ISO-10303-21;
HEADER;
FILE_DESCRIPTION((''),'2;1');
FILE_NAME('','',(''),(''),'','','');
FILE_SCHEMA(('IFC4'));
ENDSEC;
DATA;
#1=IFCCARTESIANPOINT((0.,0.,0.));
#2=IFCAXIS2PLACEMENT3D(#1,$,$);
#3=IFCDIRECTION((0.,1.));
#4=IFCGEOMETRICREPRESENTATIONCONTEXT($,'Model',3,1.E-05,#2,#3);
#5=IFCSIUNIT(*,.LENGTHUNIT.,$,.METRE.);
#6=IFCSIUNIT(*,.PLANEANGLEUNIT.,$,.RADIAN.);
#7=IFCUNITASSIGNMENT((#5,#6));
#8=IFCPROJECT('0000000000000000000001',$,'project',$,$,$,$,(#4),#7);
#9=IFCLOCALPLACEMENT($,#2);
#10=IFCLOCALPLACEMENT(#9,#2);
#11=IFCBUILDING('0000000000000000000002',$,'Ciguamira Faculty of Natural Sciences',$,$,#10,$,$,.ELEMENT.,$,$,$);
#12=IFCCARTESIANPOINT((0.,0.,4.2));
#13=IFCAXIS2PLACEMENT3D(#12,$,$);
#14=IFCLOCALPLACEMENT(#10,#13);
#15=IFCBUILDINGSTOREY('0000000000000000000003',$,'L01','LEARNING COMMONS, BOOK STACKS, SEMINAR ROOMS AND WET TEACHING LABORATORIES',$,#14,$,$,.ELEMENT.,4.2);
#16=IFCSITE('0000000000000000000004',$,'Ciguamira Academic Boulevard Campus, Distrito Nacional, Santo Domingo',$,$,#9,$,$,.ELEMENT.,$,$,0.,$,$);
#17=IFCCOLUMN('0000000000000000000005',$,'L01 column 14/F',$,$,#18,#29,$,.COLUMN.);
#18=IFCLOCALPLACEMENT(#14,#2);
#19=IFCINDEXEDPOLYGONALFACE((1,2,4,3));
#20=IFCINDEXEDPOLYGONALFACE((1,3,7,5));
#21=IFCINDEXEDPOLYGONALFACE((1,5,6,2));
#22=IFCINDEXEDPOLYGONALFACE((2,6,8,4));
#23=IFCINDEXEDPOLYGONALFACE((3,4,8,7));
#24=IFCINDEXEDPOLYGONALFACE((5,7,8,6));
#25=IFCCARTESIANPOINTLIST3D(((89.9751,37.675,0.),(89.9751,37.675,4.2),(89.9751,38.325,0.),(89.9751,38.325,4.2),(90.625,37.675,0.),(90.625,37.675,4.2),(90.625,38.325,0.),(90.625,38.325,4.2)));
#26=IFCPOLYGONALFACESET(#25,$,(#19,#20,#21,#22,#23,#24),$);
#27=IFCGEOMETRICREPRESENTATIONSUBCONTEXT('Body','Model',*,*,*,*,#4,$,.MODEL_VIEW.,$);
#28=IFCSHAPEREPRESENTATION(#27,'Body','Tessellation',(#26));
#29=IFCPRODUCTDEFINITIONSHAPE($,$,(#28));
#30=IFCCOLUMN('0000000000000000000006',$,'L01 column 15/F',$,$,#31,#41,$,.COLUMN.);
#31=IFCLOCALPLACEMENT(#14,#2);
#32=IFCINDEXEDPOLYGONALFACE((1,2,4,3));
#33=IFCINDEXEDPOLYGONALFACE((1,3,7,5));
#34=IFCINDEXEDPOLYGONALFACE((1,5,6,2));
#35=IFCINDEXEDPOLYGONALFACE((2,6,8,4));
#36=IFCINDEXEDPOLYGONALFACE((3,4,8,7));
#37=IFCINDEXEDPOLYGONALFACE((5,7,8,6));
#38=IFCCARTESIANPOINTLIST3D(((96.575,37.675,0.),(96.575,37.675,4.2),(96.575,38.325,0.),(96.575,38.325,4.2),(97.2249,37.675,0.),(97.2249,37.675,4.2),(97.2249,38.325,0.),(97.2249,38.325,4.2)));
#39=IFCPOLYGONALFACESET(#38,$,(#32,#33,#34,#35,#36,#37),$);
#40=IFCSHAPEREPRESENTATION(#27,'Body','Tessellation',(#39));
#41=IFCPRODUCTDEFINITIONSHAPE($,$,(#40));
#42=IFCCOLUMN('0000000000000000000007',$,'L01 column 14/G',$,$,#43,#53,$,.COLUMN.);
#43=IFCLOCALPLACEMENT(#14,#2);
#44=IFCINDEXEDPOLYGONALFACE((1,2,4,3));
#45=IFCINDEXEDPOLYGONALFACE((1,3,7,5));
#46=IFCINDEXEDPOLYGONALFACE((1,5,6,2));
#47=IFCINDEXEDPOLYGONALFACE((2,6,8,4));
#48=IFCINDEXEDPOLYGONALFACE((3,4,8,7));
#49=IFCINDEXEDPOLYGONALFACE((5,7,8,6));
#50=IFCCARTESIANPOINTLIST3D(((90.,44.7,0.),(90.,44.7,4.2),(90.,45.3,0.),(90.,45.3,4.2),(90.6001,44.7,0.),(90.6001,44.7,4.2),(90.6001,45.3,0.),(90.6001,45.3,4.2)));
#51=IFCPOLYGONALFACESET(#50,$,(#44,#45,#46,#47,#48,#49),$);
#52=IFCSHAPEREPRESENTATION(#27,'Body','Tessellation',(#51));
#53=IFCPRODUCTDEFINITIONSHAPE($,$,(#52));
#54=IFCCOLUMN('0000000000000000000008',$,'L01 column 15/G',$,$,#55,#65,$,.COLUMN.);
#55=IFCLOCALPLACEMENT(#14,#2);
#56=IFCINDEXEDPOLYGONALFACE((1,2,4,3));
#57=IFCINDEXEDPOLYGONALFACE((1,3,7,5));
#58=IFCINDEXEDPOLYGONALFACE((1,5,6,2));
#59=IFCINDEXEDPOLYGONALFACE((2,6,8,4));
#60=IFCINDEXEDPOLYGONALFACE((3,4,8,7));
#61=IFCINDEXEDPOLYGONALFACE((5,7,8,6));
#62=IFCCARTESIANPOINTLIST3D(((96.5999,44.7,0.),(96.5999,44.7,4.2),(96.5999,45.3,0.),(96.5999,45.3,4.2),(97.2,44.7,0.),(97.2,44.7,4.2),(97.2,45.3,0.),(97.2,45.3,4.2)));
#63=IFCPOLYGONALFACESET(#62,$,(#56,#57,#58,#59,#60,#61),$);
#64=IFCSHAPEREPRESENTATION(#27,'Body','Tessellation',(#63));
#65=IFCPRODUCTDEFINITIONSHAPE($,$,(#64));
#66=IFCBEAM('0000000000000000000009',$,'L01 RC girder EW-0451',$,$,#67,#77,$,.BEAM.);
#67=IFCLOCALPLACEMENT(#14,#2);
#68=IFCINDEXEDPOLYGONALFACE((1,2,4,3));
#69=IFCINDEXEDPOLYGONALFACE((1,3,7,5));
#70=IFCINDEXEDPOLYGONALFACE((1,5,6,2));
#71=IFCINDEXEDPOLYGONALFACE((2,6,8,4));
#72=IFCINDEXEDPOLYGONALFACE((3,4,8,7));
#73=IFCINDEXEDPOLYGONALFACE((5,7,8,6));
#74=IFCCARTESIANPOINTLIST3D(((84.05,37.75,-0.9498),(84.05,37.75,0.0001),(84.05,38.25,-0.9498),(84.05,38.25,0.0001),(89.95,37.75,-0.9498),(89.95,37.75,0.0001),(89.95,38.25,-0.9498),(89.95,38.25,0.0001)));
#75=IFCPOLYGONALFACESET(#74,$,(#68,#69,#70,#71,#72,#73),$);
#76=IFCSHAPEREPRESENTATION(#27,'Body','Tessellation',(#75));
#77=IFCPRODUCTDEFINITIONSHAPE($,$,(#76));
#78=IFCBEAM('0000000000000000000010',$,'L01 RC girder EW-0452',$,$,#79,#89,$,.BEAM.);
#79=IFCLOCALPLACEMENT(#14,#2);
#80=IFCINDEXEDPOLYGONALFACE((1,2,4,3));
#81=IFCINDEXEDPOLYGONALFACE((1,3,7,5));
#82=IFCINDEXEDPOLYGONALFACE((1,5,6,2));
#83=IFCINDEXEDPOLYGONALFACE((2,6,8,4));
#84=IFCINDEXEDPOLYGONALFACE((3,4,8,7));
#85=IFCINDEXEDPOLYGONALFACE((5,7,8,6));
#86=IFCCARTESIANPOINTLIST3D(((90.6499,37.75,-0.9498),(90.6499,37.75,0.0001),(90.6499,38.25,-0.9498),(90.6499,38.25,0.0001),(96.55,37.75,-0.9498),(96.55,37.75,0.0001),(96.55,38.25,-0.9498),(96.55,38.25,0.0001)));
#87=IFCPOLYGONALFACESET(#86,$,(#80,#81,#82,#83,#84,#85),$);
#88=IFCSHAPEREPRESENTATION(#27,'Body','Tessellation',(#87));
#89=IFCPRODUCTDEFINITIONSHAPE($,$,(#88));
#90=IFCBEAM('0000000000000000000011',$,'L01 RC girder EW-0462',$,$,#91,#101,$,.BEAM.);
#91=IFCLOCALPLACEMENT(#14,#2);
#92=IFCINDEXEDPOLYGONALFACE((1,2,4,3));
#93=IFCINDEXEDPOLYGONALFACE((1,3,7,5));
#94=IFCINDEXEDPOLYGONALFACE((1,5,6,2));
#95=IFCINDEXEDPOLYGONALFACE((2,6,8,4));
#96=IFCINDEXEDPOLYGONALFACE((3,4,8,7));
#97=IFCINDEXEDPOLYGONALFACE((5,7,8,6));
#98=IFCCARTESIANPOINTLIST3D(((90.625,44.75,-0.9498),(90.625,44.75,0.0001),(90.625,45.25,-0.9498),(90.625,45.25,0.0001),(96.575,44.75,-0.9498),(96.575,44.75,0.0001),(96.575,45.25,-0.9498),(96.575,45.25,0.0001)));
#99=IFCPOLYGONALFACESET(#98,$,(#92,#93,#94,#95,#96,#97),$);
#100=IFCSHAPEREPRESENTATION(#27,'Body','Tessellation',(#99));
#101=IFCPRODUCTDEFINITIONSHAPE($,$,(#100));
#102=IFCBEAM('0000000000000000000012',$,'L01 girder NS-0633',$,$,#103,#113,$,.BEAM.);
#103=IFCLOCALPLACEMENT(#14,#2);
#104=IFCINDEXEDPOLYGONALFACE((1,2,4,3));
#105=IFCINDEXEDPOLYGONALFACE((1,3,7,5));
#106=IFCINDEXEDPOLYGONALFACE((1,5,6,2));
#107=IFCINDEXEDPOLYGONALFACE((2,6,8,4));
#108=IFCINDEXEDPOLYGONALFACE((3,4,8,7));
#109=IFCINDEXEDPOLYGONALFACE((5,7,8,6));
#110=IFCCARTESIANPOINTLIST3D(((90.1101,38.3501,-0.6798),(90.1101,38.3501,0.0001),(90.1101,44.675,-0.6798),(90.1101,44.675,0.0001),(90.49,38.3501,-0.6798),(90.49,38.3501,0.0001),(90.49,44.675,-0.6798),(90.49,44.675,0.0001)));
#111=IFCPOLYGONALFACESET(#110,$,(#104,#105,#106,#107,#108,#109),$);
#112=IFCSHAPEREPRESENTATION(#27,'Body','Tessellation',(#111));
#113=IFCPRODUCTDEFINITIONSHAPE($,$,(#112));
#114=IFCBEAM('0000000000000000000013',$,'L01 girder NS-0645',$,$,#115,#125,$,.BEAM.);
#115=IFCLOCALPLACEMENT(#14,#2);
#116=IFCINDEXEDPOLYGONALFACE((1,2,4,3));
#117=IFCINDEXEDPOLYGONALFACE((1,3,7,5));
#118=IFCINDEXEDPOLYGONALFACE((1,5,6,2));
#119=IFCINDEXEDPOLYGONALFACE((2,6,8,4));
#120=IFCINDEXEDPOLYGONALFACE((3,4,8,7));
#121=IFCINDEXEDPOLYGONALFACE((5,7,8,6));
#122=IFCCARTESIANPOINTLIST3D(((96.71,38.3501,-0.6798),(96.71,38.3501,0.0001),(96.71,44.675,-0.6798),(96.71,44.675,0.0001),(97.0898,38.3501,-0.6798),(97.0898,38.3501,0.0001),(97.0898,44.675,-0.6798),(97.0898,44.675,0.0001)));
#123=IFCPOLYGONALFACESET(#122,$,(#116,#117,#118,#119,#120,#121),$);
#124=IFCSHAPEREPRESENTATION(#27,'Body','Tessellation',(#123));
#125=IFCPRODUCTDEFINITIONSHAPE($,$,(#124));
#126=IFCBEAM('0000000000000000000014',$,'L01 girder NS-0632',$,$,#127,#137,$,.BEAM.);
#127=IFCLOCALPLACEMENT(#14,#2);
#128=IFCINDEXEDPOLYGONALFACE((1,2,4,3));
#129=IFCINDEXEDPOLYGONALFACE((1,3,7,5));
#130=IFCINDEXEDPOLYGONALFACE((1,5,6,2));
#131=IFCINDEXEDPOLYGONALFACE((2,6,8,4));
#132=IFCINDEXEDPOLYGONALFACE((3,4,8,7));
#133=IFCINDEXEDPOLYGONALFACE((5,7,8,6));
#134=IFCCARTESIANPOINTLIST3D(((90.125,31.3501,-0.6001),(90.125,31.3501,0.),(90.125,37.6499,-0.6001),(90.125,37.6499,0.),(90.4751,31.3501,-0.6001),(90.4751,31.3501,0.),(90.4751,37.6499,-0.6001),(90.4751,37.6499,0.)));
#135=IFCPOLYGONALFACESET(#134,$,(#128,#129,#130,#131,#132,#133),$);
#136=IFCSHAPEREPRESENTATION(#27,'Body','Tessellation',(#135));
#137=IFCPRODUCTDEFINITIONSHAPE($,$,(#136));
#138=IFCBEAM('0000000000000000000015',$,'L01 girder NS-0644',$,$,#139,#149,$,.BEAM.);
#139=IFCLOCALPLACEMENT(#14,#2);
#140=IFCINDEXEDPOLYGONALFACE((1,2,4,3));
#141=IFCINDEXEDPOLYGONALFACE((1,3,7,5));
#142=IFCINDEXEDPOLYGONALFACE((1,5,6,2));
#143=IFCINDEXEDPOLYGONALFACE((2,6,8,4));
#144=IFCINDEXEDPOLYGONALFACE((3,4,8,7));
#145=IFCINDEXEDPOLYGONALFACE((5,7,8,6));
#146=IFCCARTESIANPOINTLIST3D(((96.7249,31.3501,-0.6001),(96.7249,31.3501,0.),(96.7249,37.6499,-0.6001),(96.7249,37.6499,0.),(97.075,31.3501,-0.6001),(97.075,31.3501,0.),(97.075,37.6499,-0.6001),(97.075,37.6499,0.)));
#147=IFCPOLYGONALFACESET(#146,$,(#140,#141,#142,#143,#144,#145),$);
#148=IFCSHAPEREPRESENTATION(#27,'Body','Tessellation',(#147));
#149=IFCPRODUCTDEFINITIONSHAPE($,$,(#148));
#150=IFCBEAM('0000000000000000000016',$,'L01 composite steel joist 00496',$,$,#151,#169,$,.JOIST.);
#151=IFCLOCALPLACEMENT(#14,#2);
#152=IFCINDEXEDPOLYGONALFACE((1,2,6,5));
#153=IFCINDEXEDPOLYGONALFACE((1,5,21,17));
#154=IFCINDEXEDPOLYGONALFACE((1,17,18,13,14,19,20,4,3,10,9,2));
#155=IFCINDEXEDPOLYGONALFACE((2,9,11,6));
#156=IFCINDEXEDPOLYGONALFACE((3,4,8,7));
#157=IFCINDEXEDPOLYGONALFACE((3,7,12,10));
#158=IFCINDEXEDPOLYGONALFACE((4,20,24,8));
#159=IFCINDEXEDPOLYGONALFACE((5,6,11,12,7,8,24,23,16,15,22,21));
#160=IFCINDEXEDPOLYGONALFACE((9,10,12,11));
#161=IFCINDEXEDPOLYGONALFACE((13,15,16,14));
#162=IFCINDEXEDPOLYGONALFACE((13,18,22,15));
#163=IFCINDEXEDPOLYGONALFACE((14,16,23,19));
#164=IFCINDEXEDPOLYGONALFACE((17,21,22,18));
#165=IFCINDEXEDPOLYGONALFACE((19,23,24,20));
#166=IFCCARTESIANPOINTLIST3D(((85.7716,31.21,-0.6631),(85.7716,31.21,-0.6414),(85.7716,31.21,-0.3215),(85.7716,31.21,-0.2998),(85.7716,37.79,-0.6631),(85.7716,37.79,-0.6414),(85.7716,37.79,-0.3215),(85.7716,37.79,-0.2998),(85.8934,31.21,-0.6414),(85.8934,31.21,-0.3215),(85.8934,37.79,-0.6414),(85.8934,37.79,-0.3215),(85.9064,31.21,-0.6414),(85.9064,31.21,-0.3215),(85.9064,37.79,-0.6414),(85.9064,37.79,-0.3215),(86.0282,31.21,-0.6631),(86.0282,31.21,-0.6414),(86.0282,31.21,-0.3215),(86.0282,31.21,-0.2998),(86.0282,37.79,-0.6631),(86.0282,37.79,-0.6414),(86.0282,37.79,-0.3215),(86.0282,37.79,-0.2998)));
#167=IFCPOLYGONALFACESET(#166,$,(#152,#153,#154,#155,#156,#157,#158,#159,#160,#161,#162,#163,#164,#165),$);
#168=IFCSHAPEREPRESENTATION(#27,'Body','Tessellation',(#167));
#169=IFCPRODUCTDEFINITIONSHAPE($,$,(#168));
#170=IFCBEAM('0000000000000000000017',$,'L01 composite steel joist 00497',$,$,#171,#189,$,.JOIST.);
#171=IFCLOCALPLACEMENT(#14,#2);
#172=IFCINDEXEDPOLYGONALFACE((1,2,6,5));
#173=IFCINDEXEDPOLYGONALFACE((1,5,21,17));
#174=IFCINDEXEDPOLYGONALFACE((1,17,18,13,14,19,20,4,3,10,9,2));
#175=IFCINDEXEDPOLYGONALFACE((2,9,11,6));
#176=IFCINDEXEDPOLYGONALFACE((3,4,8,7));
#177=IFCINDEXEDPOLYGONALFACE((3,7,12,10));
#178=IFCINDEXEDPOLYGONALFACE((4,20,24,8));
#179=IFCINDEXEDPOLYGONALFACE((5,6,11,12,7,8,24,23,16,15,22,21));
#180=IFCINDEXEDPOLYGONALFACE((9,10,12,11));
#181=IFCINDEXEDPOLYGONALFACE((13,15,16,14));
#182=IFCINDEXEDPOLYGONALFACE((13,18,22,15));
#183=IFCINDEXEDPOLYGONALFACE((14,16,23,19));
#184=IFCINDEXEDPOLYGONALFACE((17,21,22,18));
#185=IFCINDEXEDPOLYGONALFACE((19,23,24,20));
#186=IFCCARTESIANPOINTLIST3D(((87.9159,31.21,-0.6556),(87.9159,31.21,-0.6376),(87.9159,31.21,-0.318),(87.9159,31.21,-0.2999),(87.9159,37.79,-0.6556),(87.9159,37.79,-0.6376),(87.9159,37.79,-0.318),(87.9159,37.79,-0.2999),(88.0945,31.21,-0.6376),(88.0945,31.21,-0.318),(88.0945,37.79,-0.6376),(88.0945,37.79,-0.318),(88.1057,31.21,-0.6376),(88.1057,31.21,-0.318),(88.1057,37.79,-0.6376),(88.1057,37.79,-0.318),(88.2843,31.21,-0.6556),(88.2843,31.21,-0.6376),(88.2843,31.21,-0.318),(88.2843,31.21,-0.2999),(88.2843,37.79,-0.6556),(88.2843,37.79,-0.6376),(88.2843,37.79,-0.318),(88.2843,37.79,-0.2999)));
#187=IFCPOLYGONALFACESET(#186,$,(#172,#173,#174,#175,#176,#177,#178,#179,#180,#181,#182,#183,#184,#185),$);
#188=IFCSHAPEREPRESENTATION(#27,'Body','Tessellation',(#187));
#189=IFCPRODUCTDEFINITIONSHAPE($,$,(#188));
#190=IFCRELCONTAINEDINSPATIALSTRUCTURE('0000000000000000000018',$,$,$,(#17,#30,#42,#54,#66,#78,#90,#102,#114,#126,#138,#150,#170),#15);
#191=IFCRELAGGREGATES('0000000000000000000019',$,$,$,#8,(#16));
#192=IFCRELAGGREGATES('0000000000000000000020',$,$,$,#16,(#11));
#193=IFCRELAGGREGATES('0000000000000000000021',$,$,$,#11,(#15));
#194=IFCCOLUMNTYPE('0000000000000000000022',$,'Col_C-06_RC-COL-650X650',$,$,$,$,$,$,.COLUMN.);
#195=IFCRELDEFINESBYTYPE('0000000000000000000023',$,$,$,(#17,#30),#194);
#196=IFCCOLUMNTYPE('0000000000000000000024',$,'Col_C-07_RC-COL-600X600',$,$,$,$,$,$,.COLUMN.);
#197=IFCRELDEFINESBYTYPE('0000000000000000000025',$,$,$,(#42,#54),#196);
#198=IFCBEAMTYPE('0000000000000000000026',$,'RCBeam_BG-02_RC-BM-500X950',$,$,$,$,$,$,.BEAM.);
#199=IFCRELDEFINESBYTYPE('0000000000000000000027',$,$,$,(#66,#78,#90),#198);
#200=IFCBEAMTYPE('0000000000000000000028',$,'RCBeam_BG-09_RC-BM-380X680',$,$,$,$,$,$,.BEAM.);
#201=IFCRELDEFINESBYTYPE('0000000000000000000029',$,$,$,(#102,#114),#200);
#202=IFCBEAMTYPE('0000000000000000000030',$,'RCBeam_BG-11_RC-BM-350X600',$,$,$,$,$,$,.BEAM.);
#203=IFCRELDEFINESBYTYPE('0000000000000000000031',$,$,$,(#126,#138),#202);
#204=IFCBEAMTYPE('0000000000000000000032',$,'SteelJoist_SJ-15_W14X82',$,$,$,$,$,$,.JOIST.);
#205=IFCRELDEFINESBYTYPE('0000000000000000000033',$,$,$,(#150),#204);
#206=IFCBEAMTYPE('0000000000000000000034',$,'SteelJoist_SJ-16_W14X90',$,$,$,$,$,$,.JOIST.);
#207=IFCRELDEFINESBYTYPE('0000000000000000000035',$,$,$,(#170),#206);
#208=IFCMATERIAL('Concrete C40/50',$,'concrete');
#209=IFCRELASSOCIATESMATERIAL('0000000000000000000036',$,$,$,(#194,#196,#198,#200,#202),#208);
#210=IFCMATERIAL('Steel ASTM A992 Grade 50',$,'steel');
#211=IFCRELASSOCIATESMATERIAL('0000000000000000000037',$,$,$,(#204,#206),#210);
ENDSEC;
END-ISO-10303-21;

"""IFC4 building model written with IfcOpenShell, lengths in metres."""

from ifc_helpers import new_model, si_unit, direction, frame, origin, origin_2d, place, context, subcontext, project, spatial, rectangle, i_section, extrude, material, material_profile, profile_set, type_object, element, save


model = new_model("IFC4")

# Units and contexts
model_context = context("Model", 3, precision=1e-05, world=origin(), true_north=direction((0.0, 1.0)))
body_context = subcontext(model_context, "Body", "Model", "MODEL_VIEW")
ifc_project = project(units=[si_unit("LENGTHUNIT", "METRE"), si_unit("PLANEANGLEUNIT", "RADIAN")], contexts=[model_context])

# Site, building, storey
site_placement = place(None, origin())
site = spatial("IfcSite", under=ifc_project, at=site_placement, Name="Ciguamira Academic Boulevard Campus, Distrito Nacional, Santo Domingo", CompositionType="ELEMENT", RefElevation=0.0)
building_placement = place(site_placement, origin())
building = spatial("IfcBuilding", under=site, at=building_placement, Name="Ciguamira Faculty of Natural Sciences", CompositionType="ELEMENT")
storey_placement = place(building_placement, frame((0.0, 0.0, 4.2)))
storey = spatial("IfcBuildingStorey", under=building, at=storey_placement, Name="L01", Description="LEARNING COMMONS, BOOK STACKS, SEMINAR ROOMS AND WET TEACHING LABORATORIES", CompositionType="ELEMENT", Elevation=4.2)

# Columns
ifc_material_1 = material(Name="Concrete C40/50", Category="concrete")
ifc_material_profile_1 = material_profile(ifc_material_1, rectangle(XDim=0.6499, YDim=0.6499, at=origin_2d()), Name="RC-COL-650X650")
ifc_profile_set_1 = profile_set([ifc_material_profile_1], Name="Concrete C40/50")
column_type_1 = type_object("IfcColumnType", Name="Col_C-06_RC-COL-650X650", PredefinedType="COLUMN", material=ifc_profile_set_1)
for number, where, z_axis, x_axis, name in (
    (1, (90.3, 38.0, 0.0), (0.0, 0.0, 1.0), (1.0, 0.0, 0.0), "L01 column 14/F"),
    (2, (96.8999, 38.0, 0.0), (0.0, 0.0, 1.0), (1.0, 0.0, 0.0), "L01 column 15/F"),
):
    element("IfcColumn", number, at=place(storey_placement, frame(where, z_axis=z_axis, x_axis=x_axis)), inside=storey, type_object=column_type_1, Name=name, PredefinedType="COLUMN", context=body_context, shape_type="SweptSolid", body=[
        extrude(rectangle(XDim=0.6499, YDim=0.6499, at=origin_2d()), origin(), (0.0, 0.0, 1.0), 4.2),
    ])
ifc_material_profile_2 = material_profile(ifc_material_1, rectangle(XDim=0.6001, YDim=0.6001, at=origin_2d()), Name="RC-COL-600X600")
ifc_profile_set_2 = profile_set([ifc_material_profile_2], Name="Concrete C40/50")
column_type_2 = type_object("IfcColumnType", Name="Col_C-07_RC-COL-600X600", PredefinedType="COLUMN", material=ifc_profile_set_2)
for number, where, z_axis, x_axis, name in (
    (3, (90.3, 45.0, 0.0), (0.0, 0.0, 1.0), (1.0, 0.0, 0.0), "L01 column 14/G"),
    (4, (96.8999, 45.0, 0.0), (0.0, 0.0, 1.0), (1.0, 0.0, 0.0), "L01 column 15/G"),
):
    element("IfcColumn", number, at=place(storey_placement, frame(where, z_axis=z_axis, x_axis=x_axis)), inside=storey, type_object=column_type_2, Name=name, PredefinedType="COLUMN", context=body_context, shape_type="SweptSolid", body=[
        extrude(rectangle(XDim=0.6001, YDim=0.6001, at=origin_2d()), origin(), (0.0, 0.0, 1.0), 4.2),
    ])

# Beams
ifc_material_profile_3 = material_profile(ifc_material_1, rectangle(XDim=0.5, YDim=0.95, at=origin_2d()), Name="RC-BM-500X950")
ifc_profile_set_3 = profile_set([ifc_material_profile_3], Name="Concrete C40/50")
beam_type_1 = type_object("IfcBeamType", Name="RCBeam_BG-02_RC-BM-500X950", PredefinedType="BEAM", material=ifc_profile_set_3)
beam_1_placement = place(storey_placement, frame((84.05, 38.0, -0.4749), z_axis=(1.0, 0.0, 0.0), x_axis=(0.0, 1.0, 0.0)))
element("IfcBeam", 5, at=beam_1_placement, inside=storey, type_object=beam_type_1, Name="L01 RC girder EW-0451", PredefinedType="BEAM", context=body_context, shape_type="SweptSolid", body=[
    extrude(rectangle(XDim=0.5, YDim=0.95, at=origin_2d()), origin(), (0.0, 0.0, 1.0), 5.8999),
])
beam_2_placement = place(storey_placement, frame((90.6499, 38.0, -0.4749), z_axis=(1.0, 0.0, 0.0), x_axis=(0.0, 1.0, 0.0)))
element("IfcBeam", 6, at=beam_2_placement, inside=storey, type_object=beam_type_1, Name="L01 RC girder EW-0452", PredefinedType="BEAM", context=body_context, shape_type="SweptSolid", body=[
    extrude(rectangle(XDim=0.5, YDim=0.95, at=origin_2d()), origin(), (0.0, 0.0, 1.0), 5.9001),
])
beam_3_placement = place(storey_placement, frame((90.625, 45.0, -0.4749), z_axis=(1.0, 0.0, 0.0), x_axis=(0.0, 1.0, 0.0)))
element("IfcBeam", 7, at=beam_3_placement, inside=storey, type_object=beam_type_1, Name="L01 RC girder EW-0462", PredefinedType="BEAM", context=body_context, shape_type="SweptSolid", body=[
    extrude(rectangle(XDim=0.5, YDim=0.95, at=origin_2d()), origin(), (0.0, 0.0, 1.0), 5.95),
])
ifc_material_profile_4 = material_profile(ifc_material_1, rectangle(XDim=0.3799, YDim=0.6799, at=origin_2d()), Name="RC-BM-380X680")
ifc_profile_set_4 = profile_set([ifc_material_profile_4], Name="Concrete C40/50")
beam_type_2 = type_object("IfcBeamType", Name="RCBeam_BG-09_RC-BM-380X680", PredefinedType="BEAM", material=ifc_profile_set_4)
for number, where, z_axis, x_axis, name in (
    (8, (90.3, 38.3501, -0.3398), (0.0, 1.0, 0.0), (-1.0, 0.0, 0.0), "L01 girder NS-0633"),
    (9, (96.8999, 38.3501, -0.3398), (0.0, 1.0, 0.0), (-1.0, 0.0, 0.0), "L01 girder NS-0645"),
):
    element("IfcBeam", number, at=place(storey_placement, frame(where, z_axis=z_axis, x_axis=x_axis)), inside=storey, type_object=beam_type_2, Name=name, PredefinedType="BEAM", context=body_context, shape_type="SweptSolid", body=[
        extrude(rectangle(XDim=0.3799, YDim=0.6799, at=origin_2d()), origin(), (0.0, 0.0, 1.0), 6.325),
    ])
ifc_material_profile_5 = material_profile(ifc_material_1, rectangle(XDim=0.3501, YDim=0.6001, at=origin_2d()), Name="RC-BM-350X600")
ifc_profile_set_5 = profile_set([ifc_material_profile_5], Name="Concrete C40/50")
beam_type_3 = type_object("IfcBeamType", Name="RCBeam_BG-11_RC-BM-350X600", PredefinedType="BEAM", material=ifc_profile_set_5)
for number, where, z_axis, x_axis, name in (
    (10, (90.3, 31.3501, -0.3), (0.0, 1.0, 0.0), (-1.0, 0.0, 0.0), "L01 girder NS-0632"),
    (11, (96.8999, 31.3501, -0.3), (0.0, 1.0, 0.0), (-1.0, 0.0, 0.0), "L01 girder NS-0644"),
):
    element("IfcBeam", number, at=place(storey_placement, frame(where, z_axis=z_axis, x_axis=x_axis)), inside=storey, type_object=beam_type_3, Name=name, PredefinedType="BEAM", context=body_context, shape_type="SweptSolid", body=[
        extrude(rectangle(XDim=0.3501, YDim=0.6001, at=origin_2d()), origin(), (0.0, 0.0, 1.0), 6.2998),
    ])
ifc_material_2 = material(Name="Steel ASTM A992 Grade 50", Category="steel")
ifc_material_profile_6 = material_profile(ifc_material_2, i_section(OverallWidth=0.2566, OverallDepth=0.3633, WebThickness=0.0129, FlangeThickness=0.0217, at=origin_2d()), Name="W14X82")
ifc_profile_set_6 = profile_set([ifc_material_profile_6], Name="Steel ASTM A992 Grade 50")
beam_type_4 = type_object("IfcBeamType", Name="SteelJoist_SJ-15_W14X82", PredefinedType="JOIST", material=ifc_profile_set_6)
beam_4_placement = place(storey_placement, frame((85.8999, 31.21, -0.4814), z_axis=(0.0, 1.0, 0.0), x_axis=(-1.0, 0.0, 0.0)))
element("IfcBeam", 12, at=beam_4_placement, inside=storey, type_object=beam_type_4, Name="L01 composite steel joist 00496", PredefinedType="JOIST", context=body_context, shape_type="SweptSolid", body=[
    extrude(i_section(OverallWidth=0.2566, OverallDepth=0.3633, WebThickness=0.0129, FlangeThickness=0.0217, at=origin_2d()), origin(), (0.0, 0.0, 1.0), 6.5801),
])
ifc_material_profile_7 = material_profile(ifc_material_2, i_section(OverallWidth=0.3684, OverallDepth=0.3557, WebThickness=0.0112, FlangeThickness=0.0181, at=origin_2d()), Name="W14X90")
ifc_profile_set_7 = profile_set([ifc_material_profile_7], Name="Steel ASTM A992 Grade 50")
beam_type_5 = type_object("IfcBeamType", Name="SteelJoist_SJ-16_W14X90", PredefinedType="JOIST", material=ifc_profile_set_7)
beam_5_placement = place(storey_placement, frame((88.1001, 31.21, -0.4778), z_axis=(0.0, 1.0, 0.0), x_axis=(-1.0, 0.0, 0.0)))
element("IfcBeam", 13, at=beam_5_placement, inside=storey, type_object=beam_type_5, Name="L01 composite steel joist 00497", PredefinedType="JOIST", context=body_context, shape_type="SweptSolid", body=[
    extrude(i_section(OverallWidth=0.3684, OverallDepth=0.3557, WebThickness=0.0112, FlangeThickness=0.0181, at=origin_2d()), origin(), (0.0, 0.0, 1.0), 6.5801),
])

save(model, "model.ifc")
